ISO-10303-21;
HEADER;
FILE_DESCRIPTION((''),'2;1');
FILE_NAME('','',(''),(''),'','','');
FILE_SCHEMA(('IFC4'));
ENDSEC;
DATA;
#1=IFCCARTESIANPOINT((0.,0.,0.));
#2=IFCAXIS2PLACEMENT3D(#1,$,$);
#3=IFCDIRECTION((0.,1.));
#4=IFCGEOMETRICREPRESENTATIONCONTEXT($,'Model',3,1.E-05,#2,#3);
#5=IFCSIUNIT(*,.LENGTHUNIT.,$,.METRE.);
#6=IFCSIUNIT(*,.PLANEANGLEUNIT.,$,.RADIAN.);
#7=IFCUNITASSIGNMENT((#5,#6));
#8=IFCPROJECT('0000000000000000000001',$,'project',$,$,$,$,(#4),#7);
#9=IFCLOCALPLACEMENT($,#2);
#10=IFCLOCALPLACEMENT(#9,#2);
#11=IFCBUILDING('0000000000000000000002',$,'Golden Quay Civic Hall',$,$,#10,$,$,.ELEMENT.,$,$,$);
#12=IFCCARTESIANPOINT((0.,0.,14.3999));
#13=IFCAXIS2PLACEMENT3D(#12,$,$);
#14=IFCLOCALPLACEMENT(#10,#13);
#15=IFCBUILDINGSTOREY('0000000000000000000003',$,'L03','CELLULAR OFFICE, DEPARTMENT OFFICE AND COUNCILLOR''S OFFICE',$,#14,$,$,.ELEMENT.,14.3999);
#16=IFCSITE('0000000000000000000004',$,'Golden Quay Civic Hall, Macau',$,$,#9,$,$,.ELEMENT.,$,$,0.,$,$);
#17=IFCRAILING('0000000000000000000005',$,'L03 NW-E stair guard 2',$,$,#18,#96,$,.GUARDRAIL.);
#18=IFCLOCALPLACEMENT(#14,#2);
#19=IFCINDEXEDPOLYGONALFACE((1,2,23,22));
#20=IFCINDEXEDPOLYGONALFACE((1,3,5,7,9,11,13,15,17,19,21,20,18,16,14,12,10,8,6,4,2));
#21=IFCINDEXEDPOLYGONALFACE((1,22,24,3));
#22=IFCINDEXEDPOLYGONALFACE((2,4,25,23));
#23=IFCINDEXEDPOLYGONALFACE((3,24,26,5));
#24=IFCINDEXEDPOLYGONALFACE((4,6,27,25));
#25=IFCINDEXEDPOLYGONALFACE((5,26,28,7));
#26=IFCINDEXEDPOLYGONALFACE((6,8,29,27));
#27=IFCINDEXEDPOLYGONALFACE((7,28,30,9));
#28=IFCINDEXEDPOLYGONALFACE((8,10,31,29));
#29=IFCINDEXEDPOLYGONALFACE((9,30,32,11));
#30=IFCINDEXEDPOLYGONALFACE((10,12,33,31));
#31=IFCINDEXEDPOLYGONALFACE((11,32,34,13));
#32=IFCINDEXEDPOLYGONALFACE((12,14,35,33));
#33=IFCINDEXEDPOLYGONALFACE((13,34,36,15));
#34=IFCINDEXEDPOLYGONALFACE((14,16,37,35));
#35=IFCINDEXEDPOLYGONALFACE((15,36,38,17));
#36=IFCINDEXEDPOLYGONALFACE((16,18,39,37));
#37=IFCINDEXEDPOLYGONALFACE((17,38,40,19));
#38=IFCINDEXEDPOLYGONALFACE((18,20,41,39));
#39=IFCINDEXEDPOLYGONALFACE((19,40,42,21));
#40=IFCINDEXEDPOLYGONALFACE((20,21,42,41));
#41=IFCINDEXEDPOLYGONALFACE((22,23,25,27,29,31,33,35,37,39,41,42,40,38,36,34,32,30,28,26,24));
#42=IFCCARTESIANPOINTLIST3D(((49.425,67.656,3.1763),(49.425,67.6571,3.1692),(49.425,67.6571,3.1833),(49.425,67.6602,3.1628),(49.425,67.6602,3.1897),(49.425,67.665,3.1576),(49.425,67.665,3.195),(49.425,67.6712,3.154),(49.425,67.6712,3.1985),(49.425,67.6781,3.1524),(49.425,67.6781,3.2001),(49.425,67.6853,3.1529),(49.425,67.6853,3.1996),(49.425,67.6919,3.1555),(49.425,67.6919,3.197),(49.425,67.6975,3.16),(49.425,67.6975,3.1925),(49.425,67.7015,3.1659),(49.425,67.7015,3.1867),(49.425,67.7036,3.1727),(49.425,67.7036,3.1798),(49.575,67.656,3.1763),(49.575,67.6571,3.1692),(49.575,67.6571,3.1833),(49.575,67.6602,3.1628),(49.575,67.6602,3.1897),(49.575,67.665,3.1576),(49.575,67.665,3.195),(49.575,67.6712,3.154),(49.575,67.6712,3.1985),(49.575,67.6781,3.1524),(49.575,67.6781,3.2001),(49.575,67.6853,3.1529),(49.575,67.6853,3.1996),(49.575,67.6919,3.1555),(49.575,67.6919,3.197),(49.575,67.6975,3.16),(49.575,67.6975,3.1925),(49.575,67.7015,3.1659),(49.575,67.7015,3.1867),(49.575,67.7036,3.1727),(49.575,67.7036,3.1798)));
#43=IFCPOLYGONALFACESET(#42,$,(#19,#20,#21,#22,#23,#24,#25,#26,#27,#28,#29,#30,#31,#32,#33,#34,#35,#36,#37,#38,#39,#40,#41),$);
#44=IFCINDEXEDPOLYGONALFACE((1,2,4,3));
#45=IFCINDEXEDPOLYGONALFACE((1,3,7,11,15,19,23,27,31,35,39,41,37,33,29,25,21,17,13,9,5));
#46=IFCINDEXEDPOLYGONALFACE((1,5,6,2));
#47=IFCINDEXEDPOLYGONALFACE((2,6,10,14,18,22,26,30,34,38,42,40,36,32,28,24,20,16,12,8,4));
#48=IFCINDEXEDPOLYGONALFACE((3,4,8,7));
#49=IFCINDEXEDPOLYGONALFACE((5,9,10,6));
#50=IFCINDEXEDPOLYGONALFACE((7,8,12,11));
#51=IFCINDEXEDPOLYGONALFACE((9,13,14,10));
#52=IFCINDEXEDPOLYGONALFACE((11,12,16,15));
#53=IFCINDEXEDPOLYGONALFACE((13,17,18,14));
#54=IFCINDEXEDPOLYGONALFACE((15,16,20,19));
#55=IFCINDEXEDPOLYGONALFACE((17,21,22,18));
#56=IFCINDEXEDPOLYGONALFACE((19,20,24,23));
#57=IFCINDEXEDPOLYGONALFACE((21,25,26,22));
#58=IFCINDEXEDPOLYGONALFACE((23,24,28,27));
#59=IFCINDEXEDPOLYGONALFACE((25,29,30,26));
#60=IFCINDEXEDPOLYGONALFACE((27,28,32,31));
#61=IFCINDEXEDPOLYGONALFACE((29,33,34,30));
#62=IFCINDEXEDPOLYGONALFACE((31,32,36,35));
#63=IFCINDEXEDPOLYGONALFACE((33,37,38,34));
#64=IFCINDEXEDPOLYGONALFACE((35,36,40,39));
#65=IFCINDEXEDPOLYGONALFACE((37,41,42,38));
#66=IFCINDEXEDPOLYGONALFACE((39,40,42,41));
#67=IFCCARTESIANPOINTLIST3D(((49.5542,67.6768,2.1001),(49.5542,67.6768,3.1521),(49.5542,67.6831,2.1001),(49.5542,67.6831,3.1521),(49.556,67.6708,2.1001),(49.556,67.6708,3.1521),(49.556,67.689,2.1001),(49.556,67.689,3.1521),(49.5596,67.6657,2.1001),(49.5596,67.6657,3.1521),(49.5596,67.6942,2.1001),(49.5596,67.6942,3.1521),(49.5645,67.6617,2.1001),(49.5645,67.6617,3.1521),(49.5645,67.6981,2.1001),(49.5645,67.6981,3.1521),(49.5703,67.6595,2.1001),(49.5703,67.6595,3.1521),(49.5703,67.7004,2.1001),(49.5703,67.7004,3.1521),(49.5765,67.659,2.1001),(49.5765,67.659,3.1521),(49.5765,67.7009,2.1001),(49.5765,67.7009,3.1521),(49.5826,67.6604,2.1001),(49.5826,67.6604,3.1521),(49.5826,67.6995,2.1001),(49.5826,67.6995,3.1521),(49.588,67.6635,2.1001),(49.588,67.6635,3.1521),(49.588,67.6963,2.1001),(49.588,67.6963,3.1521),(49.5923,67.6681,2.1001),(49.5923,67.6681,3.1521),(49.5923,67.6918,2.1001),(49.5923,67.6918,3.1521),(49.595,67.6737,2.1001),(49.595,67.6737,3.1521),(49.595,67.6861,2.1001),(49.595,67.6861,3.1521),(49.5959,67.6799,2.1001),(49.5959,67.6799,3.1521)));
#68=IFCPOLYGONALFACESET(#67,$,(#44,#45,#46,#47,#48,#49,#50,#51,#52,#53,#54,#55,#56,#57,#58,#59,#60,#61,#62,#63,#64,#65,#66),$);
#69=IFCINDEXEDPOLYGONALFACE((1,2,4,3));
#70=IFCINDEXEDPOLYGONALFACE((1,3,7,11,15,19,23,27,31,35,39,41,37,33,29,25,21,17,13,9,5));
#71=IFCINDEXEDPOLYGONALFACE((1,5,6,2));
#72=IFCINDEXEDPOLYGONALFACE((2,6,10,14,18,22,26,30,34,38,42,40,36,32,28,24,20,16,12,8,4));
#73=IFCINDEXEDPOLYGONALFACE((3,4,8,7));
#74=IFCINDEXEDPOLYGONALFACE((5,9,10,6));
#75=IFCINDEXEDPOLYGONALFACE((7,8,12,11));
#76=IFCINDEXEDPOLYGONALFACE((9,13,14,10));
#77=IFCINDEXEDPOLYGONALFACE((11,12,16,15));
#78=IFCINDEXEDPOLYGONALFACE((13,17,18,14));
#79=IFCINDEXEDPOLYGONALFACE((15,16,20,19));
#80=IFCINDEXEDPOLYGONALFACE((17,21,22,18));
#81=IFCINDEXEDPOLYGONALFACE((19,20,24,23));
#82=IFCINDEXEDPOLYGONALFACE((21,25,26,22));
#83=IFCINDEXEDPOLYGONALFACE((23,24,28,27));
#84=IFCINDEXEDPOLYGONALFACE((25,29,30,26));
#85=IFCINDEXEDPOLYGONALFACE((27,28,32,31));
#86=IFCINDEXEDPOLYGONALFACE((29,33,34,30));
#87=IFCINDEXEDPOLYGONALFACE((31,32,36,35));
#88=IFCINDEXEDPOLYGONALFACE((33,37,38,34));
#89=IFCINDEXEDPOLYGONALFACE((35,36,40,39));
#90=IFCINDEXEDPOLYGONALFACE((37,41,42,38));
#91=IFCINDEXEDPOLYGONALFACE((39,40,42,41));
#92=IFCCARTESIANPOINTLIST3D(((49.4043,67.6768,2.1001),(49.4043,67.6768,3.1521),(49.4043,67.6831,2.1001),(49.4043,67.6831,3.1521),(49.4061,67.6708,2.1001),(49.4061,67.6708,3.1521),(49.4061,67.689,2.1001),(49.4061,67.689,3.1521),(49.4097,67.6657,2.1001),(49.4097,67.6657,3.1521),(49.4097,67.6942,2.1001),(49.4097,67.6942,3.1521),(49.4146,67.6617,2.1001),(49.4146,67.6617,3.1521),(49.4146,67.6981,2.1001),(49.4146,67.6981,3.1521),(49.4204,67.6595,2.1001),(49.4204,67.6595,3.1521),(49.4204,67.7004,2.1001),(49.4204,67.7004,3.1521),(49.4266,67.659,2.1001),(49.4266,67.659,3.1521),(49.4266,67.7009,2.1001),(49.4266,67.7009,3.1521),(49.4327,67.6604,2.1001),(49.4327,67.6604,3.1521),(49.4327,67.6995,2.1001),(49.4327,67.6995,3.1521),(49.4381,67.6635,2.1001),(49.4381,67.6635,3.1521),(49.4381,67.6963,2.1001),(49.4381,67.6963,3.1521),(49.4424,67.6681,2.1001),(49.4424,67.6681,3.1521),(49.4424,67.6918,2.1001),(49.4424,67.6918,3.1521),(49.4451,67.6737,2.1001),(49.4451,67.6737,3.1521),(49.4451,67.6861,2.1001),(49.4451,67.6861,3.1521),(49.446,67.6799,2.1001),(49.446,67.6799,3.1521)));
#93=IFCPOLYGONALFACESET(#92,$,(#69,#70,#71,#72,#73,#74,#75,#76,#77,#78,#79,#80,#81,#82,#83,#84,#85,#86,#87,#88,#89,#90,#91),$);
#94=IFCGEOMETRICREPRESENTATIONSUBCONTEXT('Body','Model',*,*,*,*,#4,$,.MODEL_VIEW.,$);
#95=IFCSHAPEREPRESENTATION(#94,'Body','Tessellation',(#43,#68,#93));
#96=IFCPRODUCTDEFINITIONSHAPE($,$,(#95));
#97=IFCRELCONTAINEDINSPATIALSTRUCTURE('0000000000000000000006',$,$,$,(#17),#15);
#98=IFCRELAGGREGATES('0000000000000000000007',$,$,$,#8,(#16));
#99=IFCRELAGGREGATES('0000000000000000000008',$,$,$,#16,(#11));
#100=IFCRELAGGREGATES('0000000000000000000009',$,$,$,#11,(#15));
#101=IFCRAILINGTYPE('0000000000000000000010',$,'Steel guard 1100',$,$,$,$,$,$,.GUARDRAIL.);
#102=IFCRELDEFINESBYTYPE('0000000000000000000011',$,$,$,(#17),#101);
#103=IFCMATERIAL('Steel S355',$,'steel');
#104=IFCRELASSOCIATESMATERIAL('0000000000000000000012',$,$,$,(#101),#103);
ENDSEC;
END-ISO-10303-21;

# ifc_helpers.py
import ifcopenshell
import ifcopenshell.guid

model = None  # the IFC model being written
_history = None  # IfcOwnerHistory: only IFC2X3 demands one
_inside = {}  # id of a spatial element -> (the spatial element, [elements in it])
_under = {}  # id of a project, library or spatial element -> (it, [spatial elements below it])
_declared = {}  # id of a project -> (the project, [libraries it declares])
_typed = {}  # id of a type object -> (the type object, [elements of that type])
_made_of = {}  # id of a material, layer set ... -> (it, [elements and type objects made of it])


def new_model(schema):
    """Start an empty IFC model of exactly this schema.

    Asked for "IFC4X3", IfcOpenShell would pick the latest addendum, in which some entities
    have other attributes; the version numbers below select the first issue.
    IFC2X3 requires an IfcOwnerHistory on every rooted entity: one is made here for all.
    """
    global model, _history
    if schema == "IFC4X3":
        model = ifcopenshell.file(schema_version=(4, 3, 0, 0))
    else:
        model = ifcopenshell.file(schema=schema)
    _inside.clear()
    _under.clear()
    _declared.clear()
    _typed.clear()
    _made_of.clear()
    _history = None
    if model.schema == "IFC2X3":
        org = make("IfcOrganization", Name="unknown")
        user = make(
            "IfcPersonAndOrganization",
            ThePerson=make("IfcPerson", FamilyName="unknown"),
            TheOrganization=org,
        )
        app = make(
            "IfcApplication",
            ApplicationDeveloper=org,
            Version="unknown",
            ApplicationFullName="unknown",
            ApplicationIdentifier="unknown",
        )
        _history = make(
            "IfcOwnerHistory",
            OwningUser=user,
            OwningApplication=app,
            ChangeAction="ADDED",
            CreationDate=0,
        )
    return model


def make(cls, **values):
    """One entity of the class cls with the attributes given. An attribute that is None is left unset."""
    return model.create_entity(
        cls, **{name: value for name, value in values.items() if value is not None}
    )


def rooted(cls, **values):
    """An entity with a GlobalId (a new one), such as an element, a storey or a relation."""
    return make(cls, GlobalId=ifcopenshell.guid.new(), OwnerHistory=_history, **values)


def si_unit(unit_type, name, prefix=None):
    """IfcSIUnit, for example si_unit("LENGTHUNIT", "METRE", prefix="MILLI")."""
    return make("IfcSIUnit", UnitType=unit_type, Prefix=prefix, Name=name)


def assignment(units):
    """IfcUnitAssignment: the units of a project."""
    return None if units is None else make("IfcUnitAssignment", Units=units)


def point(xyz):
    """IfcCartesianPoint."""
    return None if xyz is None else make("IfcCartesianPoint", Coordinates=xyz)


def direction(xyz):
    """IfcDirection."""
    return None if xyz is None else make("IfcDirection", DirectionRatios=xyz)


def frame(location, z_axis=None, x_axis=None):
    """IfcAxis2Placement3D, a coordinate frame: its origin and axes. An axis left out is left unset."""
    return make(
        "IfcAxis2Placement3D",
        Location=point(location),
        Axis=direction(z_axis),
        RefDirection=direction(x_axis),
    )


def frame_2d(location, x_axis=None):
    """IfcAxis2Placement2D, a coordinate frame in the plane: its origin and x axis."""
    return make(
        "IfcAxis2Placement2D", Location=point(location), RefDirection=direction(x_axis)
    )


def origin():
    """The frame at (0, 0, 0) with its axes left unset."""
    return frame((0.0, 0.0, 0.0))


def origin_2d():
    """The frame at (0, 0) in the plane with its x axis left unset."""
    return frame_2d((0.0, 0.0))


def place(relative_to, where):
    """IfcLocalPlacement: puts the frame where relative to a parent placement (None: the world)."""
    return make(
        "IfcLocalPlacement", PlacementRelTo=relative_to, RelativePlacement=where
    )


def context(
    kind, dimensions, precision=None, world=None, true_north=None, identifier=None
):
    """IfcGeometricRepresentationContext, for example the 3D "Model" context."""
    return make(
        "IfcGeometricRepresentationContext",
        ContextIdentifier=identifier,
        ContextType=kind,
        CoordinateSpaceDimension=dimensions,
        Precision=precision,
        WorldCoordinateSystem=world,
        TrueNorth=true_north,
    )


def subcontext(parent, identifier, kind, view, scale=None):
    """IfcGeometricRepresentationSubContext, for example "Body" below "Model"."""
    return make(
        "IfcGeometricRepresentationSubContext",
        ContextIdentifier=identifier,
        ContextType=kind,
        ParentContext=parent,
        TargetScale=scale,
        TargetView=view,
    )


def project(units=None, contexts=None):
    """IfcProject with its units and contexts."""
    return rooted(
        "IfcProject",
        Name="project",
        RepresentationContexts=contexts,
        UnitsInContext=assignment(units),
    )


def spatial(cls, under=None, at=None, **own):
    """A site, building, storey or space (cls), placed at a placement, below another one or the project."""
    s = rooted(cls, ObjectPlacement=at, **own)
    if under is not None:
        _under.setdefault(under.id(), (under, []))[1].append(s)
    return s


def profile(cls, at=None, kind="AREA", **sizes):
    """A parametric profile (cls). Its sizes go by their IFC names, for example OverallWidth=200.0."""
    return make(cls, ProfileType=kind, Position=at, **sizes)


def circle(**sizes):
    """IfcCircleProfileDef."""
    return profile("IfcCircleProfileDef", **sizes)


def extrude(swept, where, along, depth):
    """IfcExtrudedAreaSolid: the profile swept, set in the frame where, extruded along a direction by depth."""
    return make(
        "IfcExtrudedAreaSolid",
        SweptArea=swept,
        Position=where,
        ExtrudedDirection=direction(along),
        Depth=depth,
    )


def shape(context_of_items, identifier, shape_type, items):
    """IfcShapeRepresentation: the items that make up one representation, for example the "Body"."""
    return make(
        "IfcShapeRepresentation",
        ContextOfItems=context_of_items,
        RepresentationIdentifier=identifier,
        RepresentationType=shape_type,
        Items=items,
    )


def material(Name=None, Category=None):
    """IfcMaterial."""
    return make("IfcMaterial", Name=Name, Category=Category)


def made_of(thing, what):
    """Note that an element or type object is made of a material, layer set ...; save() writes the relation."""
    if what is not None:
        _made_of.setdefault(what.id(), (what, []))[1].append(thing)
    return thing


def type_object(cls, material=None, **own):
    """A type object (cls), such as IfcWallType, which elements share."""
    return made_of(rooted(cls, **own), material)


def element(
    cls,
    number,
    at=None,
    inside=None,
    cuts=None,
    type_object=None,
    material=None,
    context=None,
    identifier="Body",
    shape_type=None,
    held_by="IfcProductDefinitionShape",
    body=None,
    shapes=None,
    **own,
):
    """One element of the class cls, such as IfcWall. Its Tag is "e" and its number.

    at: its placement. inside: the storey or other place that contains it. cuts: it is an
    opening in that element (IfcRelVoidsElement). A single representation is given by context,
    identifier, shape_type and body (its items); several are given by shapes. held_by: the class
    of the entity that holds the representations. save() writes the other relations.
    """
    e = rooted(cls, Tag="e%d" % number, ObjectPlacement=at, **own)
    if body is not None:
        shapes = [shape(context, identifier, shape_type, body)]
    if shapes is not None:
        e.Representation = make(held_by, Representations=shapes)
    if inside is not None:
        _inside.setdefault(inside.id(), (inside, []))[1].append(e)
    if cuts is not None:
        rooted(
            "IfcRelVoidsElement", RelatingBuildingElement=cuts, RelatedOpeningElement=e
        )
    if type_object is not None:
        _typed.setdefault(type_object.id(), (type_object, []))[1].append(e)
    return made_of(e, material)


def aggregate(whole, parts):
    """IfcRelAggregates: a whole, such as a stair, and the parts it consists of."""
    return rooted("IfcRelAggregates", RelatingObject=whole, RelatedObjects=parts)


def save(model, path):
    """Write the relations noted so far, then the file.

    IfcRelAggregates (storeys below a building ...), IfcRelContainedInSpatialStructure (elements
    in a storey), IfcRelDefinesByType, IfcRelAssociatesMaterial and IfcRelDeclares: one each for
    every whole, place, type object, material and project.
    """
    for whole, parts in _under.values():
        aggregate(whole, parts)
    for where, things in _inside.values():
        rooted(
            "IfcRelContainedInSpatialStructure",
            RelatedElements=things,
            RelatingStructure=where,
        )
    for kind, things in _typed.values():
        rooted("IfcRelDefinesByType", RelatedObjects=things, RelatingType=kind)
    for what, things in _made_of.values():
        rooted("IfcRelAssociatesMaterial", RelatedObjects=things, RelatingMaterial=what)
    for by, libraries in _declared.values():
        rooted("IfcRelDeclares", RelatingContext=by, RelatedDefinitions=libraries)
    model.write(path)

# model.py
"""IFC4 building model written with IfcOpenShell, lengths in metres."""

from ifc_helpers import new_model, si_unit, direction, frame, origin, origin_2d, place, context, subcontext, project, spatial, circle, extrude, material, type_object, element, save


model = new_model("IFC4")

# Units and contexts
model_context = context("Model", 3, precision=1e-05, world=origin(), true_north=direction((0.0, 1.0)))
body_context = subcontext(model_context, "Body", "Model", "MODEL_VIEW")
ifc_project = project(units=[si_unit("LENGTHUNIT", "METRE"), si_unit("PLANEANGLEUNIT", "RADIAN")], contexts=[model_context])

# Site, building, storey
site_placement = place(None, origin())
site = spatial("IfcSite", under=ifc_project, at=site_placement, Name="Golden Quay Civic Hall, Macau", CompositionType="ELEMENT", RefElevation=0.0)
building_placement = place(site_placement, origin())
building = spatial("IfcBuilding", under=site, at=building_placement, Name="Golden Quay Civic Hall", CompositionType="ELEMENT")
storey_placement = place(building_placement, frame((0.0, 0.0, 14.3999)))
storey = spatial("IfcBuildingStorey", under=building, at=storey_placement, Name="L03", Description="CELLULAR OFFICE, DEPARTMENT OFFICE AND COUNCILLOR'S OFFICE", CompositionType="ELEMENT", Elevation=14.3999)

# Railing
ifc_material_1 = material(Name="Steel S355", Category="steel")
railing_type_1 = type_object("IfcRailingType", Name="Steel guard 1100", PredefinedType="GUARDRAIL", material=ifc_material_1)
railing_1_placement = place(storey_placement, frame((49.575, 67.6799, 2.1001)))
element("IfcRailing", 1, at=railing_1_placement, inside=storey, type_object=railing_type_1, Name="L03 NW-E stair guard 2", PredefinedType="GUARDRAIL", context=body_context, shape_type="SweptSolid", body=[
    extrude(circle(Radius=0.0239, at=origin_2d()), frame((0.0, 0.0, 1.0762), z_axis=(-1.0, 0.0, 0.0), x_axis=(0.0, -1.0, 0.0)), (0.0, 0.0, 1.0), 0.1499),
    extrude(circle(Radius=0.021, at=origin_2d()), origin(), (0.0, 0.0, 1.0), 1.052),
    extrude(circle(Radius=0.021, at=origin_2d()), frame((-0.1499, 0.0, 0.0)), (0.0, 0.0, 1.0), 1.052),
])

save(model, "model.ifc")
